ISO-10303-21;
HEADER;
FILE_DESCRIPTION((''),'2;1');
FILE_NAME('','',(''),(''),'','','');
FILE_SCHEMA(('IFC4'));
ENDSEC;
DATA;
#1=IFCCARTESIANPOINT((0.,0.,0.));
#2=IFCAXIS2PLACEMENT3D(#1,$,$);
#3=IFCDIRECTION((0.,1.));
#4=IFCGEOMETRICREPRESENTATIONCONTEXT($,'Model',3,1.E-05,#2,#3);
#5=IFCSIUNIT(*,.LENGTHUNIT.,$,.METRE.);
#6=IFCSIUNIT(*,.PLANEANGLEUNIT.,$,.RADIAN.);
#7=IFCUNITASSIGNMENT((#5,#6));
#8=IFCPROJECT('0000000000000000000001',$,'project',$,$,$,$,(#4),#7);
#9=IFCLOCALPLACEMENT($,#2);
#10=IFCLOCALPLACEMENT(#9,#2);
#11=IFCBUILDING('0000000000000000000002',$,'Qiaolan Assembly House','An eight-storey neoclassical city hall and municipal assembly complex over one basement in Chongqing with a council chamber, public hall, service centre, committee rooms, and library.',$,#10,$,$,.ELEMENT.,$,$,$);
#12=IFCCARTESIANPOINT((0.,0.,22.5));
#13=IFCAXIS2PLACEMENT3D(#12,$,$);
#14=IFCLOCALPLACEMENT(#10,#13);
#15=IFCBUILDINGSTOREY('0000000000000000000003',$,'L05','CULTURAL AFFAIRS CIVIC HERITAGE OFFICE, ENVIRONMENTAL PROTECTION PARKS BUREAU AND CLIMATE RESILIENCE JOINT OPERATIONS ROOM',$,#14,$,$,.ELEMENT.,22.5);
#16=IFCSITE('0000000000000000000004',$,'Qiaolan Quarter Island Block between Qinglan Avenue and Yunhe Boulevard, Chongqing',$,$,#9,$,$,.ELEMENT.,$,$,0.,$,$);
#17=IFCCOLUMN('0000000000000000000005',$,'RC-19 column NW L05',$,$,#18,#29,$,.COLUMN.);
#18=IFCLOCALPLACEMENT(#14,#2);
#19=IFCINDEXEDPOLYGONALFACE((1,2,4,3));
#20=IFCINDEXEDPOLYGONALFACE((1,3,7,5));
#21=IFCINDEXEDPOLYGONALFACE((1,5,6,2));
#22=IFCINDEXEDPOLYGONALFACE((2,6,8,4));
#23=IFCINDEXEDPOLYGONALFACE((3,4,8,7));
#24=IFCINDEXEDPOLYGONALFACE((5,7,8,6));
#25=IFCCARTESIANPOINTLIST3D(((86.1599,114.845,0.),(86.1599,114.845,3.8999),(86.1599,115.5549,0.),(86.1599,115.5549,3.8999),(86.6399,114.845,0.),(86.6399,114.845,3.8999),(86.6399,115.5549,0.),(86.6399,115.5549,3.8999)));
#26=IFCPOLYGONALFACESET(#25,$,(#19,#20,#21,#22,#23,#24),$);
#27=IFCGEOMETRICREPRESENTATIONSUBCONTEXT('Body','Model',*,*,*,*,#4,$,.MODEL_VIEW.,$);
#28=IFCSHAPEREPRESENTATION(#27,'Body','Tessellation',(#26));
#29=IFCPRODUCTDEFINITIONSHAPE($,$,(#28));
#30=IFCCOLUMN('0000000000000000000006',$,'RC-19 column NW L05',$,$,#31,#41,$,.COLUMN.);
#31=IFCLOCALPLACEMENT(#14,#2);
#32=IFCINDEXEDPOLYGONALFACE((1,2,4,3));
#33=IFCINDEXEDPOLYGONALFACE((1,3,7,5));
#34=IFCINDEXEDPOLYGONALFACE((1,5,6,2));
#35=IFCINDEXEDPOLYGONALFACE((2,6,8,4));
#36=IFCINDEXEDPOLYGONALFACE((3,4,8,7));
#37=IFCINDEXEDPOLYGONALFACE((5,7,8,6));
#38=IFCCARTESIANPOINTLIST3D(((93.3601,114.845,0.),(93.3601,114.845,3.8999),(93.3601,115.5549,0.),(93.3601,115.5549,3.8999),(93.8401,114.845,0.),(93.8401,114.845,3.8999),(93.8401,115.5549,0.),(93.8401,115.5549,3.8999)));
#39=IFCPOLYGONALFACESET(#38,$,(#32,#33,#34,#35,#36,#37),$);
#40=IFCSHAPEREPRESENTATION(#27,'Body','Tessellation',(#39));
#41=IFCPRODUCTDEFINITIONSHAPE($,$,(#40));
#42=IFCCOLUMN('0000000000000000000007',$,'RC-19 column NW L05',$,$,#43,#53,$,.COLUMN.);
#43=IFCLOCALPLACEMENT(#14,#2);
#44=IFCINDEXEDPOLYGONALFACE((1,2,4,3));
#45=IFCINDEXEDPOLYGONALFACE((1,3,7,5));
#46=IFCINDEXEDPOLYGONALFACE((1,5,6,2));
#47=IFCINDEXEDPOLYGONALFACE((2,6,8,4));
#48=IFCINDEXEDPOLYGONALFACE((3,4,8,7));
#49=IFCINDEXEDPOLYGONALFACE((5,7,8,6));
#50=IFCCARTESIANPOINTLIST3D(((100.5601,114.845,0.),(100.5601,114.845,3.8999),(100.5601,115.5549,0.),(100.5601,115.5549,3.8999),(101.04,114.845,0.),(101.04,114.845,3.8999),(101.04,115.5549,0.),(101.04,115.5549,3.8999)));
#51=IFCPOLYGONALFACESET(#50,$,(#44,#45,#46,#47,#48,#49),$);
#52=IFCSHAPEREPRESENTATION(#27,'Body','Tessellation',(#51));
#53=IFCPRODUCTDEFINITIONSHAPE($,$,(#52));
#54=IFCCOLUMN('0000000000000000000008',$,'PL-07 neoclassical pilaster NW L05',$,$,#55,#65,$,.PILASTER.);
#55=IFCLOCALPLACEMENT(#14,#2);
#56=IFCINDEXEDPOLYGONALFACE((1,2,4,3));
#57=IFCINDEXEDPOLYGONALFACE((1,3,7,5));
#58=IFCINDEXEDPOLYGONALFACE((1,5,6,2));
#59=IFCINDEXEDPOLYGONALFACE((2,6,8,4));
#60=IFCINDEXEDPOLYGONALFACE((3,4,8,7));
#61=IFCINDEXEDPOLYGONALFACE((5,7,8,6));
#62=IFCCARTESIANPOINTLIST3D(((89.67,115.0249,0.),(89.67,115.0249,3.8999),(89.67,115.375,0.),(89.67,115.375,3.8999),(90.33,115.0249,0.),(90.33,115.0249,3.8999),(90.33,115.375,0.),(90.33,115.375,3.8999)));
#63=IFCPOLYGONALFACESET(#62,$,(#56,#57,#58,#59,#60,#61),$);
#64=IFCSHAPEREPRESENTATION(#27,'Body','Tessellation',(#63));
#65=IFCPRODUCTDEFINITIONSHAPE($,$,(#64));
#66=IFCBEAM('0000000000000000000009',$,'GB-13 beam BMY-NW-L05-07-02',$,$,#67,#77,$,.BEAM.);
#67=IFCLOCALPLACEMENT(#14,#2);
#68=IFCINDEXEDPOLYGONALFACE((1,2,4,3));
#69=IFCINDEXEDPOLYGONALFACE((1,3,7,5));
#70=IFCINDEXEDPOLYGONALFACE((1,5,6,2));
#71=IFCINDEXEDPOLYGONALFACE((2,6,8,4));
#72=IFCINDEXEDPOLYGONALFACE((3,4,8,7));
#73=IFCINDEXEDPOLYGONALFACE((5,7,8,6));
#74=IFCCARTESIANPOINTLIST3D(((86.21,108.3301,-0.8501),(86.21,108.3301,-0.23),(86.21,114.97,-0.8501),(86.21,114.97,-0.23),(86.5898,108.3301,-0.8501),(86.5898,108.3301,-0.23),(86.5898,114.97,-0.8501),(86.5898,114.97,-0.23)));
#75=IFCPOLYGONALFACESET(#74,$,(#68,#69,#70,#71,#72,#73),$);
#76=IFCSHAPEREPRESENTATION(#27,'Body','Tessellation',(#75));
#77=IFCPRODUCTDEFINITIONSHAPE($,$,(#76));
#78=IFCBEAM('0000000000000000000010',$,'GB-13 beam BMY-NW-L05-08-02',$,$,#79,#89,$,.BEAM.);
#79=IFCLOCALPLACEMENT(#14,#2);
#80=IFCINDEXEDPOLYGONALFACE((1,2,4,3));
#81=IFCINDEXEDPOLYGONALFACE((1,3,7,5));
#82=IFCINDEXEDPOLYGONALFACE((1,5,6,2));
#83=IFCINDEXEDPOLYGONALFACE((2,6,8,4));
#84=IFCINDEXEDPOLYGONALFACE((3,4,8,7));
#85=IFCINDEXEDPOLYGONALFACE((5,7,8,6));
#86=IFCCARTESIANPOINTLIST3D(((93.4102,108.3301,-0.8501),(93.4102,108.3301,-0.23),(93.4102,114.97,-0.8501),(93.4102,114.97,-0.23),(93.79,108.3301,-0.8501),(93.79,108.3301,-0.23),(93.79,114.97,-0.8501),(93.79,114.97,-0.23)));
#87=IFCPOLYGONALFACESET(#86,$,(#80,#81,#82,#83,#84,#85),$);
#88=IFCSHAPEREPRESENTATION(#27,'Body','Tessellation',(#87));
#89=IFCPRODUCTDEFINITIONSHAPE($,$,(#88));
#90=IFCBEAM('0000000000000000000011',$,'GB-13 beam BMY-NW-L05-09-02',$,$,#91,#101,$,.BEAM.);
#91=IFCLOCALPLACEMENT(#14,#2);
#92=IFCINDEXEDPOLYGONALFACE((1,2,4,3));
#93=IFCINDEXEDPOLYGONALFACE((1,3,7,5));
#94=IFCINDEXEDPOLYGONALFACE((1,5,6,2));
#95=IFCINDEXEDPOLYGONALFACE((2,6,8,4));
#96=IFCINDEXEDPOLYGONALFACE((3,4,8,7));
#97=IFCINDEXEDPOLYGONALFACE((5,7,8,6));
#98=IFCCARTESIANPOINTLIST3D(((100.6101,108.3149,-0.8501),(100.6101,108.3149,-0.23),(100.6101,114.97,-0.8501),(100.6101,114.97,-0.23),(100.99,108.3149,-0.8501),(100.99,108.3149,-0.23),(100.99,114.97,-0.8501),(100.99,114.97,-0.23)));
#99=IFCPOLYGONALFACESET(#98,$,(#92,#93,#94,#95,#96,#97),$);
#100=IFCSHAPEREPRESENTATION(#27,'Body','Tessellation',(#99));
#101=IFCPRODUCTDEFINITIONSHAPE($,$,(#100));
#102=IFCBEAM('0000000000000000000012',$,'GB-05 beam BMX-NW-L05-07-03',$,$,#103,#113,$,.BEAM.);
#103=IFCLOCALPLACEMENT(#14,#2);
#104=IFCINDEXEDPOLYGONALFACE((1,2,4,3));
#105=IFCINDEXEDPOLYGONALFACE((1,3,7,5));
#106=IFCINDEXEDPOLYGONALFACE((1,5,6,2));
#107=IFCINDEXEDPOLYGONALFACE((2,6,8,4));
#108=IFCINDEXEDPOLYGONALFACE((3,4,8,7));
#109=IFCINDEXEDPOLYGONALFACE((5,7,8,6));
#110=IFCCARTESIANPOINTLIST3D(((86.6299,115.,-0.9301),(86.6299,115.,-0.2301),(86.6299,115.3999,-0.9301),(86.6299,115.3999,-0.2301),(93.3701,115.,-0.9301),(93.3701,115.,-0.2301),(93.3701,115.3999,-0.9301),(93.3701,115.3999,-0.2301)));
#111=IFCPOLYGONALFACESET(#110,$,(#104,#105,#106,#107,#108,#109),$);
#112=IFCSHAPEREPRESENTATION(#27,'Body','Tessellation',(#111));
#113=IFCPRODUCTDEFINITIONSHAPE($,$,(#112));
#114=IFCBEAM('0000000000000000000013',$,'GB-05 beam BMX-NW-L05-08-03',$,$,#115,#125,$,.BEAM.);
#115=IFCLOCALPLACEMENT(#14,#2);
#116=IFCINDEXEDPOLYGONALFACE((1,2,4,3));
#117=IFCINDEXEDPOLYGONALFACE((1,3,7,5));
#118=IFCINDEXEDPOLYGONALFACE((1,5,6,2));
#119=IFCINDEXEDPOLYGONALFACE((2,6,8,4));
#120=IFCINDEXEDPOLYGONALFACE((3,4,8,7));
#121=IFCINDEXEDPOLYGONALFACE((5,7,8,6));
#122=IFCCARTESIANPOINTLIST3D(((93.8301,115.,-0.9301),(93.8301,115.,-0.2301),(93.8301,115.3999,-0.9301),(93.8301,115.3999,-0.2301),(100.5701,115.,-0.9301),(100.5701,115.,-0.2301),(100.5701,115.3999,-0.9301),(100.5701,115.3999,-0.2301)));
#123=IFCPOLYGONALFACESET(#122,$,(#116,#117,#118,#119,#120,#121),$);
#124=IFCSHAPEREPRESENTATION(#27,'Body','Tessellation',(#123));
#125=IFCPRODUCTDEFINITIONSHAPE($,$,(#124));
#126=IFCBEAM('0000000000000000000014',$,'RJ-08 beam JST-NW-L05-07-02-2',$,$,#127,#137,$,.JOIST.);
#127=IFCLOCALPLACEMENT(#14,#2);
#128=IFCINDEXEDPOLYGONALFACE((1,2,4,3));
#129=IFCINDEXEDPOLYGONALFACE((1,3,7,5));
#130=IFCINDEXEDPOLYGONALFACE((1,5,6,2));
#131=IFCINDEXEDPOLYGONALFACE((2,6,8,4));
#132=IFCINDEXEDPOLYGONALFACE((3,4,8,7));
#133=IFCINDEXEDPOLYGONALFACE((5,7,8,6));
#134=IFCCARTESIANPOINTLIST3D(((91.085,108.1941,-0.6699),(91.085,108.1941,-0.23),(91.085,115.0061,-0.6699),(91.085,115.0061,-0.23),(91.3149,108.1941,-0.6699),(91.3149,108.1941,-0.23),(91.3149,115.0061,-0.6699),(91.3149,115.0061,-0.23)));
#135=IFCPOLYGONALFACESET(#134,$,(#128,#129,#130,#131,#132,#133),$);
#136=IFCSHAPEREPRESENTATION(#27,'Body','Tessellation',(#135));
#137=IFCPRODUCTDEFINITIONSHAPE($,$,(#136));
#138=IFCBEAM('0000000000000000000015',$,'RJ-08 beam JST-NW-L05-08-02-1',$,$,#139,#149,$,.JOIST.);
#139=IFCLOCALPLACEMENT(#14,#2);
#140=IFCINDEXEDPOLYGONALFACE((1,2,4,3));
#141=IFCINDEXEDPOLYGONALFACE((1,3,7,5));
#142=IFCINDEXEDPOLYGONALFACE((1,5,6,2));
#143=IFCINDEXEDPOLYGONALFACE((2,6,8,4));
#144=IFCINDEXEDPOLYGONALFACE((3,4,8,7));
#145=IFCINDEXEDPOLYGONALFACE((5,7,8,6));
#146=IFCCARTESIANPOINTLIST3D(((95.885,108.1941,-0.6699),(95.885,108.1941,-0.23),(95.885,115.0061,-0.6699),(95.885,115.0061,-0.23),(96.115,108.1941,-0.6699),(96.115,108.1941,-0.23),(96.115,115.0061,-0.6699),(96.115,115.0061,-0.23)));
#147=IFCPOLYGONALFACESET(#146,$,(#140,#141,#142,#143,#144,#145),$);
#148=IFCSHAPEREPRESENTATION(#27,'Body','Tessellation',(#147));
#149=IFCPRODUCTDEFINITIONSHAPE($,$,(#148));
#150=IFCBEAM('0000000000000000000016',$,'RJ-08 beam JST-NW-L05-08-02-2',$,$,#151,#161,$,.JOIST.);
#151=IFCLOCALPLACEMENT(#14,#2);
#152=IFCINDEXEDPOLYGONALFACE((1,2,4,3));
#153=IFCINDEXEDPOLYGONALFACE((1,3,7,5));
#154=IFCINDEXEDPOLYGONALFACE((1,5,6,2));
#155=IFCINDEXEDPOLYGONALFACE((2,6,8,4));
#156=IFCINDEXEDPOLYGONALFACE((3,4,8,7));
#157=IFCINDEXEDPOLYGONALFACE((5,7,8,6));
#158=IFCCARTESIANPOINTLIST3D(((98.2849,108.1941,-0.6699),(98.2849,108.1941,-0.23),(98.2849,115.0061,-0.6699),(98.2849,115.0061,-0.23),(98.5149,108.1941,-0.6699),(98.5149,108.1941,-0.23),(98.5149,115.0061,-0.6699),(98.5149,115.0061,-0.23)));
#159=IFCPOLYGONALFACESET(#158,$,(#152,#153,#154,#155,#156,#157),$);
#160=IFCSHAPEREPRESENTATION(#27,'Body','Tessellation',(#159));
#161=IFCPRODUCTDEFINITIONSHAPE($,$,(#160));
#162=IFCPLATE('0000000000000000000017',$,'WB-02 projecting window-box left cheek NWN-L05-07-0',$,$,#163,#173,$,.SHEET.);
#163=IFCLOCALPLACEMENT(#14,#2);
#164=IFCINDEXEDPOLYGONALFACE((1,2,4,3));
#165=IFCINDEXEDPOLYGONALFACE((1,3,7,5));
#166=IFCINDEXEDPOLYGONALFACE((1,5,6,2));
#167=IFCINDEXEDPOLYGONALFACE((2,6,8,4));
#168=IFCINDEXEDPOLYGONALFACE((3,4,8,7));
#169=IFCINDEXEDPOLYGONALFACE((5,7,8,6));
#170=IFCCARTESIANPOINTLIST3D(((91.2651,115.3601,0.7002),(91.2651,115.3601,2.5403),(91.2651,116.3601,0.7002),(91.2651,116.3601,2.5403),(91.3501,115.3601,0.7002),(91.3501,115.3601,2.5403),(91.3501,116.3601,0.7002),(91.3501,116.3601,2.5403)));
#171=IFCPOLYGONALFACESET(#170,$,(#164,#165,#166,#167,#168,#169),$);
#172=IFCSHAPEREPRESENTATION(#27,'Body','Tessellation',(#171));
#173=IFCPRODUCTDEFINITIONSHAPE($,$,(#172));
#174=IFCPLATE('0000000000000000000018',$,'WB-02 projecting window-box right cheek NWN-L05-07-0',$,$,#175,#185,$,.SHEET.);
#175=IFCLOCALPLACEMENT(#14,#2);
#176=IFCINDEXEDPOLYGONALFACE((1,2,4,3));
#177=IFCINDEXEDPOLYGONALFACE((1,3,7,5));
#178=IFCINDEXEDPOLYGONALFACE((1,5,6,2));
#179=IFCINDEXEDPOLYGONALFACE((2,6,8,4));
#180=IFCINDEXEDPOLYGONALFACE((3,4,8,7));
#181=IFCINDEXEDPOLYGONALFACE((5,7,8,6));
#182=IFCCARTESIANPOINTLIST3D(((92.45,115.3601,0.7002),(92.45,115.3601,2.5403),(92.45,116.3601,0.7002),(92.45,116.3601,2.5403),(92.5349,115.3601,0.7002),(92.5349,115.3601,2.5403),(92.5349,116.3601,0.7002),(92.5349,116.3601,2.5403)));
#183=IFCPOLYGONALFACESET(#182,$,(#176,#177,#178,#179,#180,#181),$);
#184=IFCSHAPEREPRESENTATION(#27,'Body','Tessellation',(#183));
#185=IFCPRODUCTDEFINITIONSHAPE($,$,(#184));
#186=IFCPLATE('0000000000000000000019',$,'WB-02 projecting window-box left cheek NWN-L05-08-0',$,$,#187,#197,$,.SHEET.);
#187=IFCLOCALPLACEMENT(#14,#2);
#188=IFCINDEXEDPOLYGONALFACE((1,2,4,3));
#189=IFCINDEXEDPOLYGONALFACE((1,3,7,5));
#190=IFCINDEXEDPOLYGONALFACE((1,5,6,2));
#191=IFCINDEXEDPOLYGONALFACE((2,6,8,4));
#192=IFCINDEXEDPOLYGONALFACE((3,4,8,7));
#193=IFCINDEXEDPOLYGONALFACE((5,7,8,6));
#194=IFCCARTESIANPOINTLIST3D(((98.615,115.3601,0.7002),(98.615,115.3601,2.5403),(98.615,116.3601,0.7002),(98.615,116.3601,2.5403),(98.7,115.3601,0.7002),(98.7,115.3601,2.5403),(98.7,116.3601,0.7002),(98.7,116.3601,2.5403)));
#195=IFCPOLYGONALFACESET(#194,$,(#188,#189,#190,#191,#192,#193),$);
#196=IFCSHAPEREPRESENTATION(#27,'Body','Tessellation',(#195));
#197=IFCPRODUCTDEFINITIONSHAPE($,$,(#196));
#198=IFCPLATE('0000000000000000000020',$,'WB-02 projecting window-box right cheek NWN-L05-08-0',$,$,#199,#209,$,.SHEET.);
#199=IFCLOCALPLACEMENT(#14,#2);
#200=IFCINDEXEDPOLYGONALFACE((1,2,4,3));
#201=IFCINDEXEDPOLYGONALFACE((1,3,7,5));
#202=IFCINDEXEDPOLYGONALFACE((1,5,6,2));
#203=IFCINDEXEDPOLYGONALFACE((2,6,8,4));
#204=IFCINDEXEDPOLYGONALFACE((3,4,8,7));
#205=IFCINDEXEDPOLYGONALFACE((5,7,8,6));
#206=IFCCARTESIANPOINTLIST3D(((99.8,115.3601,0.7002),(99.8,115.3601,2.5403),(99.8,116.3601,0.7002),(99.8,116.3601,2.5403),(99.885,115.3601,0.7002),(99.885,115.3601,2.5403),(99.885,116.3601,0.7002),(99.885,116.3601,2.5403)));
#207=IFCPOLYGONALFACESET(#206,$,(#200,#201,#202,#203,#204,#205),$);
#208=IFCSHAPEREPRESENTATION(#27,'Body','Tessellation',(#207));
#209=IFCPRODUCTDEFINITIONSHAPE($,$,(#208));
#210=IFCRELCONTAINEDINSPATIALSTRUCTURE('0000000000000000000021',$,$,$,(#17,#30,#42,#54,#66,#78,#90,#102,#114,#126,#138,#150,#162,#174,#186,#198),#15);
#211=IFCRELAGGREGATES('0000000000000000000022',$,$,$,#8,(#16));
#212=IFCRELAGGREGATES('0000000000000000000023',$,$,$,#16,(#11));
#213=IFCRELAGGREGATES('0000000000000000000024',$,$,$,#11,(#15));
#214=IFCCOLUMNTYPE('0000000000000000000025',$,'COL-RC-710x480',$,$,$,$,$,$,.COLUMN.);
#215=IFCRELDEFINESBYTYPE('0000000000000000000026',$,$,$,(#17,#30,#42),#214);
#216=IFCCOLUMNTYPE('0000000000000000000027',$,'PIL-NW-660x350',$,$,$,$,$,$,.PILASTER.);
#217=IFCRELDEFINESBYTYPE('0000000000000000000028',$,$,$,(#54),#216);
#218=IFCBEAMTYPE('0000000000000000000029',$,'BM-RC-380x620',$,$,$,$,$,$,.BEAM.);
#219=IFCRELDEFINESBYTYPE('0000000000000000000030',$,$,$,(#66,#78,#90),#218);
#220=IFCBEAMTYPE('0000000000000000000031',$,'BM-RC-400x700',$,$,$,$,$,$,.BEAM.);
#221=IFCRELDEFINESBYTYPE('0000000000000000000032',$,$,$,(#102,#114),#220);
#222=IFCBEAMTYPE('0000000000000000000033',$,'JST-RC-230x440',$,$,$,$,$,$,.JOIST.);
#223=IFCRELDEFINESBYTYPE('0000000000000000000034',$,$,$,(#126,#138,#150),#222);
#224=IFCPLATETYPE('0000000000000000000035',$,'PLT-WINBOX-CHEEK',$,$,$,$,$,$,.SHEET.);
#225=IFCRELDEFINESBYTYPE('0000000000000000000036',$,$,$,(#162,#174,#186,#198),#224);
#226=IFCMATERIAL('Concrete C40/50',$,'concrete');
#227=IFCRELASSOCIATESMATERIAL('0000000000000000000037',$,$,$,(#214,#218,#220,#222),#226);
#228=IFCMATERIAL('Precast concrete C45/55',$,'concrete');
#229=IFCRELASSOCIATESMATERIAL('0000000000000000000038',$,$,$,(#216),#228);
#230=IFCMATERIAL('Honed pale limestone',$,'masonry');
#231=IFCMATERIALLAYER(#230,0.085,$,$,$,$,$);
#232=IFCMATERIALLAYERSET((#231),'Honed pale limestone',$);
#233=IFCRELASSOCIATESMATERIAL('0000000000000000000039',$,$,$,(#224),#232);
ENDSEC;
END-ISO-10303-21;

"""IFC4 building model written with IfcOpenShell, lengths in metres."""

from ifc_helpers import new_model, si_unit, direction, frame, origin, origin_2d, place, context, subcontext, project, spatial, rectangle, extrude, material, layer, layer_set, material_profile, profile_set, type_object, element, save


model = new_model("IFC4")

# Units and contexts
model_context = context("Model", 3, precision=1e-05, world=origin(), true_north=direction((0.0, 1.0)))
body_context = subcontext(model_context, "Body", "Model", "MODEL_VIEW")
ifc_project = project(units=[si_unit("LENGTHUNIT", "METRE"), si_unit("PLANEANGLEUNIT", "RADIAN")], contexts=[model_context])

# Site, building, storey
site_placement = place(None, origin())
site = spatial("IfcSite", under=ifc_project, at=site_placement, Name="Qiaolan Quarter Island Block between Qinglan Avenue and Yunhe Boulevard, Chongqing", CompositionType="ELEMENT", RefElevation=0.0)
building_placement = place(site_placement, origin())
building = spatial("IfcBuilding", under=site, at=building_placement, Name="Qiaolan Assembly House", Description="An eight-storey neoclassical city hall and municipal assembly complex over one basement in Chongqing with a council chamber, public hall, service centre, committee rooms, and library.", CompositionType="ELEMENT")
storey_placement = place(building_placement, frame((0.0, 0.0, 22.5)))
storey = spatial("IfcBuildingStorey", under=building, at=storey_placement, Name="L05", Description="CULTURAL AFFAIRS CIVIC HERITAGE OFFICE, ENVIRONMENTAL PROTECTION PARKS BUREAU AND CLIMATE RESILIENCE JOINT OPERATIONS ROOM", CompositionType="ELEMENT", Elevation=22.5)

# Columns
ifc_material_1 = material(Name="Concrete C40/50", Category="concrete")
ifc_material_profile_1 = material_profile(ifc_material_1, rectangle(XDim=0.48, YDim=0.71, at=origin_2d()), Name="RC 710x480")
ifc_profile_set_1 = profile_set([ifc_material_profile_1], Name="Concrete C40/50")
column_type_1 = type_object("IfcColumnType", Name="COL-RC-710x480", PredefinedType="COLUMN", material=ifc_profile_set_1)
for number, where, z_axis, x_axis, name in (
    (1, (86.3999, 115.2, 0.0), (0.0, 0.0, 1.0), (1.0, 0.0, 0.0), "RC-19 column NW L05"),
    (2, (93.6001, 115.2, 0.0), (0.0, 0.0, 1.0), (1.0, 0.0, 0.0), "RC-19 column NW L05"),
    (3, (100.8, 115.2, 0.0), (0.0, 0.0, 1.0), (1.0, 0.0, 0.0), "RC-19 column NW L05"),
):
    element("IfcColumn", number, at=place(storey_placement, frame(where, z_axis=z_axis, x_axis=x_axis)), inside=storey, type_object=column_type_1, Name=name, PredefinedType="COLUMN", context=body_context, shape_type="SweptSolid", body=[
        extrude(rectangle(XDim=0.48, YDim=0.71, at=origin_2d()), origin(), (0.0, 0.0, 1.0), 3.8999),
    ])
ifc_material_2 = material(Name="Precast concrete C45/55", Category="concrete")
ifc_material_profile_2 = material_profile(ifc_material_2, rectangle(XDim=0.6599, YDim=0.3501, at=origin_2d()), Name="PIL 660x350")
ifc_profile_set_2 = profile_set([ifc_material_profile_2], Name="Precast concrete C45/55")
column_type_2 = type_object("IfcColumnType", Name="PIL-NW-660x350", PredefinedType="PILASTER", material=ifc_profile_set_2)
column_placement = place(storey_placement, frame((90.0, 115.2, 0.0), z_axis=(0.0, 0.0, 1.0), x_axis=(1.0, 0.0, 0.0)))
element("IfcColumn", 4, at=column_placement, inside=storey, type_object=column_type_2, Name="PL-07 neoclassical pilaster NW L05", PredefinedType="PILASTER", context=body_context, shape_type="SweptSolid", body=[
    extrude(rectangle(XDim=0.6599, YDim=0.3501, at=origin_2d()), origin(), (0.0, 0.0, 1.0), 3.8999),
])

# Beams
ifc_material_profile_3 = material_profile(ifc_material_1, rectangle(XDim=0.3799, YDim=0.6201, at=origin_2d()), Name="RCB 380x620")
ifc_profile_set_3 = profile_set([ifc_material_profile_3], Name="Concrete C40/50")
beam_type_1 = type_object("IfcBeamType", Name="BM-RC-380x620", PredefinedType="BEAM", material=ifc_profile_set_3)
for number, where, z_axis, x_axis, name in (
    (5, (86.3999, 108.3301, -0.54), (0.0, 1.0, 0.0), (-1.0, 0.0, 0.0), "GB-13 beam BMY-NW-L05-07-02"),
    (6, (93.6001, 108.3301, -0.54), (0.0, 1.0, 0.0), (-1.0, 0.0, 0.0), "GB-13 beam BMY-NW-L05-08-02"),
):
    element("IfcBeam", number, at=place(storey_placement, frame(where, z_axis=z_axis, x_axis=x_axis)), inside=storey, type_object=beam_type_1, Name=name, PredefinedType="BEAM", context=body_context, shape_type="SweptSolid", body=[
        extrude(rectangle(XDim=0.3799, YDim=0.6201, at=origin_2d()), origin(), (0.0, 0.0, 1.0), 6.6399),
    ])
beam_1_placement = place(storey_placement, frame((100.8, 108.3149, -0.54), z_axis=(0.0, 1.0, 0.0), x_axis=(-1.0, 0.0, 0.0)))
element("IfcBeam", 7, at=beam_1_placement, inside=storey, type_object=beam_type_1, Name="GB-13 beam BMY-NW-L05-09-02", PredefinedType="BEAM", context=body_context, shape_type="SweptSolid", body=[
    extrude(rectangle(XDim=0.3799, YDim=0.6201, at=origin_2d()), origin(), (0.0, 0.0, 1.0), 6.655),
])
ifc_material_profile_4 = material_profile(ifc_material_1, rectangle(XDim=0.3999, YDim=0.7, at=origin_2d()), Name="RCB 400x700")
ifc_profile_set_4 = profile_set([ifc_material_profile_4], Name="Concrete C40/50")
beam_type_2 = type_object("IfcBeamType", Name="BM-RC-400x700", PredefinedType="BEAM", material=ifc_profile_set_4)
beam_2_placement = place(storey_placement, frame((86.6299, 115.2, -0.5801), z_axis=(1.0, 0.0, 0.0), x_axis=(0.0, 1.0, 0.0)))
element("IfcBeam", 8, at=beam_2_placement, inside=storey, type_object=beam_type_2, Name="GB-05 beam BMX-NW-L05-07-03", PredefinedType="BEAM", context=body_context, shape_type="SweptSolid", body=[
    extrude(rectangle(XDim=0.3999, YDim=0.7, at=origin_2d()), origin(), (0.0, 0.0, 1.0), 6.7402),
])
beam_3_placement = place(storey_placement, frame((93.8301, 115.2, -0.5801), z_axis=(1.0, 0.0, 0.0), x_axis=(0.0, 1.0, 0.0)))
element("IfcBeam", 9, at=beam_3_placement, inside=storey, type_object=beam_type_2, Name="GB-05 beam BMX-NW-L05-08-03", PredefinedType="BEAM", context=body_context, shape_type="SweptSolid", body=[
    extrude(rectangle(XDim=0.3999, YDim=0.7, at=origin_2d()), origin(), (0.0, 0.0, 1.0), 6.74),
])
ifc_material_profile_5 = material_profile(ifc_material_1, rectangle(XDim=0.23, YDim=0.4399, at=origin_2d()), Name="RCB 230x440")
ifc_profile_set_5 = profile_set([ifc_material_profile_5], Name="Concrete C40/50")
beam_type_3 = type_object("IfcBeamType", Name="JST-RC-230x440", PredefinedType="JOIST", material=ifc_profile_set_5)
for number, where, z_axis, x_axis, name in (
    (10, (91.2, 108.1941, -0.45), (0.0, 1.0, 0.0), (-1.0, 0.0, 0.0), "RJ-08 beam JST-NW-L05-07-02-2"),
    (11, (96.0, 108.1941, -0.45), (0.0, 1.0, 0.0), (-1.0, 0.0, 0.0), "RJ-08 beam JST-NW-L05-08-02-1"),
    (12, (98.3999, 108.1941, -0.45), (0.0, 1.0, 0.0), (-1.0, 0.0, 0.0), "RJ-08 beam JST-NW-L05-08-02-2"),
):
    element("IfcBeam", number, at=place(storey_placement, frame(where, z_axis=z_axis, x_axis=x_axis)), inside=storey, type_object=beam_type_3, Name=name, PredefinedType="JOIST", context=body_context, shape_type="SweptSolid", body=[
        extrude(rectangle(XDim=0.23, YDim=0.4399, at=origin_2d()), origin(), (0.0, 0.0, 1.0), 6.812),
    ])

# Plates
ifc_material_3 = material(Name="Honed pale limestone", Category="masonry")
ifc_layer_1 = layer(ifc_material_3, 0.085)
ifc_layer_set_1 = layer_set([ifc_layer_1], Name="Honed pale limestone")
plate_type = type_object("IfcPlateType", Name="PLT-WINBOX-CHEEK", PredefinedType="SHEET", material=ifc_layer_set_1)
for number, where, z_axis, x_axis, name in (
    (13, (91.3076, 115.8601, 0.7002), (0.0, 0.0, 1.0), (1.0, 0.0, 0.0), "WB-02 projecting window-box left cheek NWN-L05-07-0"),
    (14, (92.4924, 115.8601, 0.7002), (0.0, 0.0, 1.0), (1.0, 0.0, 0.0), "WB-02 projecting window-box right cheek NWN-L05-07-0"),
    (15, (98.6575, 115.8601, 0.7002), (0.0, 0.0, 1.0), (1.0, 0.0, 0.0), "WB-02 projecting window-box left cheek NWN-L05-08-0"),
    (16, (99.8425, 115.8601, 0.7002), (0.0, 0.0, 1.0), (1.0, 0.0, 0.0), "WB-02 projecting window-box right cheek NWN-L05-08-0"),
):
    element("IfcPlate", number, at=place(storey_placement, frame(where, z_axis=z_axis, x_axis=x_axis)), inside=storey, type_object=plate_type, Name=name, PredefinedType="SHEET", context=body_context, shape_type="SweptSolid", body=[
        extrude(rectangle(XDim=0.085, YDim=1.0, at=origin_2d()), origin(), (0.0, 0.0, 1.0), 1.8401),
    ])

save(model, "model.ifc")
